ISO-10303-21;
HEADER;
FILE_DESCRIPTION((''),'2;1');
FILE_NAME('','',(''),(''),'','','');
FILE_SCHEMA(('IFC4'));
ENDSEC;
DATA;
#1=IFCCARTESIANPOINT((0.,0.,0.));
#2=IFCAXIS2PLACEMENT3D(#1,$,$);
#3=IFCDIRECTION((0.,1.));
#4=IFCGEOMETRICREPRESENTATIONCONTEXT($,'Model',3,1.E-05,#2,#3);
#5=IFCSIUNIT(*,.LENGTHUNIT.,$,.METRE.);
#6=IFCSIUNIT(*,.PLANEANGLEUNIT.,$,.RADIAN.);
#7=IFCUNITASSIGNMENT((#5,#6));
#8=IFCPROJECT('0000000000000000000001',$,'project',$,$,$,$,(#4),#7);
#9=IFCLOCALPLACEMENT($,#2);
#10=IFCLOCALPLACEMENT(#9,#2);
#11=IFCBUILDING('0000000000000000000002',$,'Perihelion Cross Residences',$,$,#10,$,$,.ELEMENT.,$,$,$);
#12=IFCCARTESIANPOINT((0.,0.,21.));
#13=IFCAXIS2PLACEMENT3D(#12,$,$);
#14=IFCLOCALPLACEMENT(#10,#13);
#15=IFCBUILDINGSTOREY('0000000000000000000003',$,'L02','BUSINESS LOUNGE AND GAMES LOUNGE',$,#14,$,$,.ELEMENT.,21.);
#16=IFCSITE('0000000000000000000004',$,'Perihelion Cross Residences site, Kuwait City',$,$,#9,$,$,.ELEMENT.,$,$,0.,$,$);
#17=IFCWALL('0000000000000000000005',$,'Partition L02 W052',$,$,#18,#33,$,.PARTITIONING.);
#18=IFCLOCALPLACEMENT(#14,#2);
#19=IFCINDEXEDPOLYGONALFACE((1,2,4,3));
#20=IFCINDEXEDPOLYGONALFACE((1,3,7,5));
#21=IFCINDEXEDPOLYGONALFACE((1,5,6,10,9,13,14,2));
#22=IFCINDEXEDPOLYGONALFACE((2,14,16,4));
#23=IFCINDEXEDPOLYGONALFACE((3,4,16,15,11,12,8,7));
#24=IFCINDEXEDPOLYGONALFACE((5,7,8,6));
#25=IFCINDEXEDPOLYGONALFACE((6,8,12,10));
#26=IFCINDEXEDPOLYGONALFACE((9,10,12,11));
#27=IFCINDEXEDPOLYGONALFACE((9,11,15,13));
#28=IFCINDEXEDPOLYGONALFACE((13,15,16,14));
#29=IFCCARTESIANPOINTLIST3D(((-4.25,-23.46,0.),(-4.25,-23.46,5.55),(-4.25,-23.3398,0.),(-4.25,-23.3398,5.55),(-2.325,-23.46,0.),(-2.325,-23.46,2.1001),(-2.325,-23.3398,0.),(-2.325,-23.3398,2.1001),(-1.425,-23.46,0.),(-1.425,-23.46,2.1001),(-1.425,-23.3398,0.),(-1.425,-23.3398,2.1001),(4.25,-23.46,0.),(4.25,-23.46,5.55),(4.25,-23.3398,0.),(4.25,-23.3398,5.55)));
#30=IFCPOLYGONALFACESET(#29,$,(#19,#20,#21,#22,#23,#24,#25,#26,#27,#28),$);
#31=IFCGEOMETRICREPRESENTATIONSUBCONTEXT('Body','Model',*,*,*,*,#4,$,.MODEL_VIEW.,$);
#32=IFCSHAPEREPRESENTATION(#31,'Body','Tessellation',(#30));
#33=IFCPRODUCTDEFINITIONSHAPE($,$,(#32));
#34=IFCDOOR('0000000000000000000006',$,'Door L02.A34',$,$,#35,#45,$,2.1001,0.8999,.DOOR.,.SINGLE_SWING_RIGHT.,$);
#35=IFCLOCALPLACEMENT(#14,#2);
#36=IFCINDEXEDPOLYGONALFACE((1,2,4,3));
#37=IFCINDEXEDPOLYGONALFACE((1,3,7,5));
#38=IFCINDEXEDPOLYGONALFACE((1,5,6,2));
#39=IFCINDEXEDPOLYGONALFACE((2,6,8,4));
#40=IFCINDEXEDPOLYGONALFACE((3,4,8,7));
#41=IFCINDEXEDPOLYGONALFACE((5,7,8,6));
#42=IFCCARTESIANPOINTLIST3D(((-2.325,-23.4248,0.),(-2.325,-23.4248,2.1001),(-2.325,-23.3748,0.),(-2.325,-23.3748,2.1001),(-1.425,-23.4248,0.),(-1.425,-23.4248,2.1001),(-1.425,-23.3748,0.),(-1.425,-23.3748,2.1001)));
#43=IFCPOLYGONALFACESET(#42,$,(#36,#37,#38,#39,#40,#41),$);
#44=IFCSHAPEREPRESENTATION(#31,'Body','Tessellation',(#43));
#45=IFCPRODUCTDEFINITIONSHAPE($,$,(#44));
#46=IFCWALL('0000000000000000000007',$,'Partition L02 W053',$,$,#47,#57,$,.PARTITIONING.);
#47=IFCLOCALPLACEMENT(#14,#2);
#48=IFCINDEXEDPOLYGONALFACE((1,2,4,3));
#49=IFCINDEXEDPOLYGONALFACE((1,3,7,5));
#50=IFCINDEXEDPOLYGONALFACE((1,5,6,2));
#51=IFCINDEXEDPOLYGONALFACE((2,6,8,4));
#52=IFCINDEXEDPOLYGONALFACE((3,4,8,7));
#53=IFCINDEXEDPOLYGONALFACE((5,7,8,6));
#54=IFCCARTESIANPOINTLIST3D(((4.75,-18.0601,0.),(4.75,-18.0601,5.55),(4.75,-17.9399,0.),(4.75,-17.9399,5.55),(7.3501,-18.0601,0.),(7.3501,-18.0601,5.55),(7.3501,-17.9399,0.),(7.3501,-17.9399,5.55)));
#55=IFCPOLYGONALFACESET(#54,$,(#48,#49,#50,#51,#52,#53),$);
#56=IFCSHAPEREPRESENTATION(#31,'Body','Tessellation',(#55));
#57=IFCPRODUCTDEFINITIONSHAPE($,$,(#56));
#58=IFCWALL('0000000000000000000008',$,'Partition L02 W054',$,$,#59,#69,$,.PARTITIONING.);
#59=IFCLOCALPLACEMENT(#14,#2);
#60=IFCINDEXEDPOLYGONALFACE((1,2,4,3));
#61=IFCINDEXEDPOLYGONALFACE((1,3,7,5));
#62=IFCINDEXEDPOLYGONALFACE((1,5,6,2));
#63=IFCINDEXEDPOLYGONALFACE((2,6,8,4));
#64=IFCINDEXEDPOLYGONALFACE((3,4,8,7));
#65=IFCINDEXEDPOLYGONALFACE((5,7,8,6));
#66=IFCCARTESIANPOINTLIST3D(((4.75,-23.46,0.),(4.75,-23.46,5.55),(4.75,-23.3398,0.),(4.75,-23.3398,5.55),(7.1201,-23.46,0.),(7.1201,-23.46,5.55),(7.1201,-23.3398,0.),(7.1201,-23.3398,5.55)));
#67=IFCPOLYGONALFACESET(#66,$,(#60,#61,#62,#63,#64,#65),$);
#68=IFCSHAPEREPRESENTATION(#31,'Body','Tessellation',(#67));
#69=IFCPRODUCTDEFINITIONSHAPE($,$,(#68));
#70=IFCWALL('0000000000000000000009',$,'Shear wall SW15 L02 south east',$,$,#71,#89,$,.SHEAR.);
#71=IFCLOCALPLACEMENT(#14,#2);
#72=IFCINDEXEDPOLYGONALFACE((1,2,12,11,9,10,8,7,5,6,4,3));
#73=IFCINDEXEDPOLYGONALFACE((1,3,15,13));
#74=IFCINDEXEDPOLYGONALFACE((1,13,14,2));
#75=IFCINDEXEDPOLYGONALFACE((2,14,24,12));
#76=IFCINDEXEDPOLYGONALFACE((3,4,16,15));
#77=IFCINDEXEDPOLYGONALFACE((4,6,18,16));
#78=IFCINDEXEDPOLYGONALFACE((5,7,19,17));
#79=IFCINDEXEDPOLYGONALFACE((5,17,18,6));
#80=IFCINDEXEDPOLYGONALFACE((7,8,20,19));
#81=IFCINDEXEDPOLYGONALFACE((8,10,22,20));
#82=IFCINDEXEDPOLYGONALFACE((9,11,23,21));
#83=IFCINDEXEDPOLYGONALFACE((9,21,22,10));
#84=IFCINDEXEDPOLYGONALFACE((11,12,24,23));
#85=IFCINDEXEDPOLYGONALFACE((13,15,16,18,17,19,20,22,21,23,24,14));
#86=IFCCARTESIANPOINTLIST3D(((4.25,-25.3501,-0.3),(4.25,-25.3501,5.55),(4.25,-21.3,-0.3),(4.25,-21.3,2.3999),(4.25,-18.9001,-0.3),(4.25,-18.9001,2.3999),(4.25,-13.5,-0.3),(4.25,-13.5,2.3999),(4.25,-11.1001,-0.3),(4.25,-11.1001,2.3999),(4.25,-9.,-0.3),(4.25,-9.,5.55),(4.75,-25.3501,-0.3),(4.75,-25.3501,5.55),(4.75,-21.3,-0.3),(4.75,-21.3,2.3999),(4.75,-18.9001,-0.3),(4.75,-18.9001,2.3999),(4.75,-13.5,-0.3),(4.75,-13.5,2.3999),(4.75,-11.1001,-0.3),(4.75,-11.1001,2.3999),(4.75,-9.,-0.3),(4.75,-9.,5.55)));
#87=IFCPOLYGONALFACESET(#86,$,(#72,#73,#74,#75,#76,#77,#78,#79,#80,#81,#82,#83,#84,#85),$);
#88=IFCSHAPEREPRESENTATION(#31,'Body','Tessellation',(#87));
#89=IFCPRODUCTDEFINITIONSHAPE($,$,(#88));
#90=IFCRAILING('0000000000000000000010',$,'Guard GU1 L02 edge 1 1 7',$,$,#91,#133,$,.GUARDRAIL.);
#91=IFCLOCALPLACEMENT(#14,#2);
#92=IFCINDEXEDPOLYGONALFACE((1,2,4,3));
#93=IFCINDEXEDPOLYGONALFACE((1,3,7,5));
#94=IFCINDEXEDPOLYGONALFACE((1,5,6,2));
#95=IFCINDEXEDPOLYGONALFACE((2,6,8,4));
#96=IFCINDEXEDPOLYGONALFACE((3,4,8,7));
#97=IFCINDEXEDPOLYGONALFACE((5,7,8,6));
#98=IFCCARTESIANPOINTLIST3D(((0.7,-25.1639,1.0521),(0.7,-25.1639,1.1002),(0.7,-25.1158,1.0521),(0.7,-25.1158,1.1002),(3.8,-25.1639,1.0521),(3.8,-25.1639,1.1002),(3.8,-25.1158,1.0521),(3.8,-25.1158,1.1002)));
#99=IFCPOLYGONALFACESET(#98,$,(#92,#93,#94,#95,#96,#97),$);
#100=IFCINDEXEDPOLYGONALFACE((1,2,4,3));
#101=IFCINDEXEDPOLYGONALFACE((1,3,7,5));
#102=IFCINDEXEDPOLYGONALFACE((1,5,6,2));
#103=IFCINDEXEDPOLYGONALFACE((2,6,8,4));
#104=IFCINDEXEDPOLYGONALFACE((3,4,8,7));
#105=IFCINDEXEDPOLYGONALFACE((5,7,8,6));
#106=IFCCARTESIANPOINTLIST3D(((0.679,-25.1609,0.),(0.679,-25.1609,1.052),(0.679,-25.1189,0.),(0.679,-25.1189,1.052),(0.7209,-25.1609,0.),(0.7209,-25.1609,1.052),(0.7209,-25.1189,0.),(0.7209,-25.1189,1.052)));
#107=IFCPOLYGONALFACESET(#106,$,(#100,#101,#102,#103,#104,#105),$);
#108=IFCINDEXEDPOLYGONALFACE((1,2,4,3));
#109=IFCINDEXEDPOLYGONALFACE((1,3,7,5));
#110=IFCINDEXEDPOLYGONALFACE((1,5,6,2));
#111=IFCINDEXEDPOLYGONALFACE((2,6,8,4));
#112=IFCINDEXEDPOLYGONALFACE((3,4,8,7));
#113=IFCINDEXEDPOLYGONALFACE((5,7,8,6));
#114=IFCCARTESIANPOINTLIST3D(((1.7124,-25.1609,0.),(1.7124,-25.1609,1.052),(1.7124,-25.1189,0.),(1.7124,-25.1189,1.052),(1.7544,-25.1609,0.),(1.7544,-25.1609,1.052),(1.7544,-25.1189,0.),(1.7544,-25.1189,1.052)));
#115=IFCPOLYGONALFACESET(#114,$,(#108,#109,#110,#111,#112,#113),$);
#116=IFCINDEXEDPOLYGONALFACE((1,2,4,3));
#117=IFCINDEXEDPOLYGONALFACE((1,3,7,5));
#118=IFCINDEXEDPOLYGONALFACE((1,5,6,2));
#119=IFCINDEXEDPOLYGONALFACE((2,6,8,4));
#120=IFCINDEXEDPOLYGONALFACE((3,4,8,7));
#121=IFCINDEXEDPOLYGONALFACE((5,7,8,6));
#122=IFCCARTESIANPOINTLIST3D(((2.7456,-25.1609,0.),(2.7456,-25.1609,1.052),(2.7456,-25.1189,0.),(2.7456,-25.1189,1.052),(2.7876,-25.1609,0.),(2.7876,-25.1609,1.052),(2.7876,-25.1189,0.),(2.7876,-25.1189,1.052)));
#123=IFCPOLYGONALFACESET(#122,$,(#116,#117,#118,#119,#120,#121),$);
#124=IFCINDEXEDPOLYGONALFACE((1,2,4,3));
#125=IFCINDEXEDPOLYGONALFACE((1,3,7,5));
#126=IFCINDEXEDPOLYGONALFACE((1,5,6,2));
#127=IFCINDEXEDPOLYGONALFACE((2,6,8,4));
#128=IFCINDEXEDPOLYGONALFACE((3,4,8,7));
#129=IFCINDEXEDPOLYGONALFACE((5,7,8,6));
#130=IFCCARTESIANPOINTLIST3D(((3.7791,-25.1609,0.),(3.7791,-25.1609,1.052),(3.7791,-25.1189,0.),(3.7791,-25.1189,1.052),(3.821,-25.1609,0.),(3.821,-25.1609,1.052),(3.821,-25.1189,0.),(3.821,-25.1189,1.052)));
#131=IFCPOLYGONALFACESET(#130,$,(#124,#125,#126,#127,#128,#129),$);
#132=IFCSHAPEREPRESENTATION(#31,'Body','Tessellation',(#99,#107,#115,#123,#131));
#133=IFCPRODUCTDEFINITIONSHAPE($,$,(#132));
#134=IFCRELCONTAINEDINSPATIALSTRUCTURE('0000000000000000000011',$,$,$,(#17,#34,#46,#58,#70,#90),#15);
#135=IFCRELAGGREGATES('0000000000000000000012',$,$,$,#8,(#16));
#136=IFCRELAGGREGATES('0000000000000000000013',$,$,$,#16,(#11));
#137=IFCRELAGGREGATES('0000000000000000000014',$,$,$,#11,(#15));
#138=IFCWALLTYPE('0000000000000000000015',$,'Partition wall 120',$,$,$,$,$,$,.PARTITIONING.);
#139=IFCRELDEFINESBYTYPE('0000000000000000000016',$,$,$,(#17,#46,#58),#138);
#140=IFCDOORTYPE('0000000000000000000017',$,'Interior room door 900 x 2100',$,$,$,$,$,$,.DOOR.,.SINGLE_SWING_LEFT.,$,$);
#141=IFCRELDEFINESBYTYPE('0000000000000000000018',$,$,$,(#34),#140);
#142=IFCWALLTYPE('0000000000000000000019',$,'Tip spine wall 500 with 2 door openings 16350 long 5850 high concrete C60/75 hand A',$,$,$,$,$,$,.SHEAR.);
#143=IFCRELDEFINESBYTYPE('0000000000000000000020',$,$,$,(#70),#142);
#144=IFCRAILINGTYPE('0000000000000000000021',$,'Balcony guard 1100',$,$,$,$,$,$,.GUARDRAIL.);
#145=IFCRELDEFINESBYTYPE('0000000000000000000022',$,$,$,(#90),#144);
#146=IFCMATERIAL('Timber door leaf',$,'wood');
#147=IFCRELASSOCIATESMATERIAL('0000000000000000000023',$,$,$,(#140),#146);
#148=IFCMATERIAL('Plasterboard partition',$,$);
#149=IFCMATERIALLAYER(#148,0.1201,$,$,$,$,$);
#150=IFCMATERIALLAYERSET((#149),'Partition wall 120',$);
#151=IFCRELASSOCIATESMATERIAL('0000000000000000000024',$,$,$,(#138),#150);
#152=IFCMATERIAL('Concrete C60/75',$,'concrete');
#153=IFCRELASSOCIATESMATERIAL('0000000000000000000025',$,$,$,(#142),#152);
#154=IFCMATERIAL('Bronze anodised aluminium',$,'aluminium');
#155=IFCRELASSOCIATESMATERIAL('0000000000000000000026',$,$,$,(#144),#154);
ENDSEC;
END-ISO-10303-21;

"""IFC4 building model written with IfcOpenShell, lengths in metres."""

from ifc_helpers import new_model, si_unit, direction, frame, frame_2d, origin, origin_2d, place, context, subcontext, project, spatial, polyline, rectangle, outline, extrude, material, layer, layer_set, material_profile, profile_set, type_object, element, fill, save


model = new_model("IFC4")

# Units and contexts
model_context = context("Model", 3, precision=1e-05, world=origin(), true_north=direction((0.0, 1.0)))
body_context = subcontext(model_context, "Body", "Model", "MODEL_VIEW")
ifc_project = project(units=[si_unit("LENGTHUNIT", "METRE"), si_unit("PLANEANGLEUNIT", "RADIAN")], contexts=[model_context])

# Site, building, storey
site_placement = place(None, origin())
site = spatial("IfcSite", under=ifc_project, at=site_placement, Name="Perihelion Cross Residences site, Kuwait City", CompositionType="ELEMENT", RefElevation=0.0)
building_placement = place(site_placement, origin())
building = spatial("IfcBuilding", under=site, at=building_placement, Name="Perihelion Cross Residences", CompositionType="ELEMENT")
storey_placement = place(building_placement, frame((0.0, 0.0, 21.0)))
storey = spatial("IfcBuildingStorey", under=building, at=storey_placement, Name="L02", Description="BUSINESS LOUNGE AND GAMES LOUNGE", CompositionType="ELEMENT", Elevation=21.0)

# Wall, opening, door
ifc_material_1 = material(Name="Timber door leaf", Category="wood")
door_type_1 = type_object("IfcDoorType", Name="Interior room door 900 x 2100", OperationType="SINGLE_SWING_LEFT", PredefinedType="DOOR", material=ifc_material_1)
ifc_material_2 = material(Name="Plasterboard partition")
ifc_layer_1 = layer(ifc_material_2, 0.1201)
ifc_layer_set_1 = layer_set([ifc_layer_1], Name="Partition wall 120")
wall_type_1 = type_object("IfcWallType", Name="Partition wall 120", PredefinedType="PARTITIONING", material=ifc_layer_set_1)
wall_1_placement = place(storey_placement, frame((4.25, -23.3999, 0.0), z_axis=(0.0, 0.0, 1.0), x_axis=(-1.0, 0.0, 0.0)))
wall_1 = element("IfcWall", 1, at=wall_1_placement, inside=storey, type_object=wall_type_1, Name="Partition L02 W052", PredefinedType="PARTITIONING", context=body_context, shape_type="SweptSolid", body=[
    extrude(rectangle(XDim=8.5, YDim=0.1201, at=frame_2d((4.25, 0.0))), origin(), (0.0, 0.0, 1.0), 5.55),
])
opening_1_placement = place(wall_1_placement, frame((5.675, 0.0, 0.0)))
opening_1 = element("IfcOpeningElement", 2, at=opening_1_placement, cuts=wall_1, PredefinedType="OPENING", context=body_context, shape_type="SweptSolid", body=[
    extrude(rectangle(XDim=0.8999, YDim=2.1001, at=frame_2d((0.45, 1.05))), frame((0.0, 0.0701, 0.0), z_axis=(0.0, -1.0, 0.0), x_axis=(1.0, 0.0, 0.0)), (0.0, 0.0, 1.0), 0.1401),
])
door_1_placement = place(opening_1_placement, origin())
door_1 = element("IfcDoor", 3, at=door_1_placement, inside=storey, type_object=door_type_1, Name="Door L02.A34", OperationType="SINGLE_SWING_RIGHT", OverallHeight=2.1001, OverallWidth=0.8999, PredefinedType="DOOR", context=body_context, shape_type="SweptSolid", body=[
    extrude(rectangle(XDim=0.8999, YDim=2.1001, at=frame_2d((0.45, 1.05))), frame((0.0, 0.0249, 0.0), z_axis=(0.0, -1.0, 0.0), x_axis=(1.0, 0.0, 0.0)), (0.0, 0.0, 1.0), 0.05),
])
fill(opening_1, door_1)

# Walls
wall_2_placement = place(storey_placement, frame((7.3501, -18.0, 0.0), z_axis=(0.0, 0.0, 1.0), x_axis=(-1.0, 0.0, 0.0)))
element("IfcWall", 4, at=wall_2_placement, inside=storey, type_object=wall_type_1, Name="Partition L02 W053", PredefinedType="PARTITIONING", context=body_context, shape_type="SweptSolid", body=[
    extrude(rectangle(XDim=2.6001, YDim=0.1201, at=frame_2d((1.3, 0.0))), origin(), (0.0, 0.0, 1.0), 5.55),
])
wall_3_placement = place(storey_placement, frame((7.1201, -23.3999, 0.0), z_axis=(0.0, 0.0, 1.0), x_axis=(-1.0, 0.0, 0.0)))
element("IfcWall", 5, at=wall_3_placement, inside=storey, type_object=wall_type_1, Name="Partition L02 W054", PredefinedType="PARTITIONING", context=body_context, shape_type="SweptSolid", body=[
    extrude(rectangle(XDim=2.3701, YDim=0.1201, at=frame_2d((1.1851, 0.0))), origin(), (0.0, 0.0, 1.0), 5.55),
])
ifc_material_3 = material(Name="Concrete C60/75", Category="concrete")
ifc_material_profile_1 = material_profile(ifc_material_3, outline(polyline([(0.0, 0.0), (4.05, 0.0), (4.05, 2.7), (6.45, 2.7), (6.45, 0.0), (11.8501, 0.0), (11.8501, 2.7), (14.25, 2.7), (14.25, 0.0), (16.3501, 0.0), (16.3501, 5.8501), (0.0, 5.8501), (0.0, 0.0)])), Name="Tip spine wall")
ifc_profile_set_1 = profile_set([ifc_material_profile_1], Name="Concrete C60/75")
wall_type_2 = type_object("IfcWallType", Name="Tip spine wall 500 with 2 door openings 16350 long 5850 high concrete C60/75 hand A", PredefinedType="SHEAR", material=ifc_profile_set_1)
wall_4_placement = place(storey_placement, frame((4.25, -25.3501, -0.3), z_axis=(1.0, 0.0, 0.0), x_axis=(0.0, 1.0, 0.0)))
element("IfcWall", 6, at=wall_4_placement, inside=storey, type_object=wall_type_2, Name="Shear wall SW15 L02 south east", PredefinedType="SHEAR", context=body_context, shape_type="SweptSolid", body=[
    extrude(outline(polyline([(0.0, 0.0), (4.05, 0.0), (4.05, 2.7), (6.45, 2.7), (6.45, 0.0), (11.8501, 0.0), (11.8501, 2.7), (14.25, 2.7), (14.25, 0.0), (16.3501, 0.0), (16.3501, 5.8501), (0.0, 5.8501), (0.0, 0.0)])), origin(), (0.0, 0.0, 1.0), 0.5),
])

# Railing
ifc_material_4 = material(Name="Bronze anodised aluminium", Category="aluminium")
railing_type = type_object("IfcRailingType", Name="Balcony guard 1100", PredefinedType="GUARDRAIL", material=ifc_material_4)
railing_placement = place(storey_placement, frame((0.7, -25.1399, 0.0)))
element("IfcRailing", 7, at=railing_placement, inside=storey, type_object=railing_type, Name="Guard GU1 L02 edge 1 1 7", PredefinedType="GUARDRAIL", context=body_context, shape_type="SweptSolid", body=[
    extrude(rectangle(XDim=0.0481, YDim=0.0481, at=origin_2d()), frame((0.0, 0.0, 1.0762), z_axis=(1.0, 0.0, 0.0), x_axis=(0.0, 1.0, 0.0)), (0.0, 0.0, 1.0), 3.1001),
    extrude(rectangle(XDim=0.042, YDim=0.042, at=origin_2d()), origin(), (0.0, 0.0, 1.0), 1.052),
    extrude(rectangle(XDim=0.042, YDim=0.042, at=origin_2d()), frame((1.0334, 0.0, 0.0)), (0.0, 0.0, 1.0), 1.052),
    extrude(rectangle(XDim=0.042, YDim=0.042, at=origin_2d()), frame((2.0667, 0.0, 0.0)), (0.0, 0.0, 1.0), 1.052),
    extrude(rectangle(XDim=0.042, YDim=0.042, at=origin_2d()), frame((3.1001, 0.0, 0.0)), (0.0, 0.0, 1.0), 1.052),
])

save(model, "model.ifc")
